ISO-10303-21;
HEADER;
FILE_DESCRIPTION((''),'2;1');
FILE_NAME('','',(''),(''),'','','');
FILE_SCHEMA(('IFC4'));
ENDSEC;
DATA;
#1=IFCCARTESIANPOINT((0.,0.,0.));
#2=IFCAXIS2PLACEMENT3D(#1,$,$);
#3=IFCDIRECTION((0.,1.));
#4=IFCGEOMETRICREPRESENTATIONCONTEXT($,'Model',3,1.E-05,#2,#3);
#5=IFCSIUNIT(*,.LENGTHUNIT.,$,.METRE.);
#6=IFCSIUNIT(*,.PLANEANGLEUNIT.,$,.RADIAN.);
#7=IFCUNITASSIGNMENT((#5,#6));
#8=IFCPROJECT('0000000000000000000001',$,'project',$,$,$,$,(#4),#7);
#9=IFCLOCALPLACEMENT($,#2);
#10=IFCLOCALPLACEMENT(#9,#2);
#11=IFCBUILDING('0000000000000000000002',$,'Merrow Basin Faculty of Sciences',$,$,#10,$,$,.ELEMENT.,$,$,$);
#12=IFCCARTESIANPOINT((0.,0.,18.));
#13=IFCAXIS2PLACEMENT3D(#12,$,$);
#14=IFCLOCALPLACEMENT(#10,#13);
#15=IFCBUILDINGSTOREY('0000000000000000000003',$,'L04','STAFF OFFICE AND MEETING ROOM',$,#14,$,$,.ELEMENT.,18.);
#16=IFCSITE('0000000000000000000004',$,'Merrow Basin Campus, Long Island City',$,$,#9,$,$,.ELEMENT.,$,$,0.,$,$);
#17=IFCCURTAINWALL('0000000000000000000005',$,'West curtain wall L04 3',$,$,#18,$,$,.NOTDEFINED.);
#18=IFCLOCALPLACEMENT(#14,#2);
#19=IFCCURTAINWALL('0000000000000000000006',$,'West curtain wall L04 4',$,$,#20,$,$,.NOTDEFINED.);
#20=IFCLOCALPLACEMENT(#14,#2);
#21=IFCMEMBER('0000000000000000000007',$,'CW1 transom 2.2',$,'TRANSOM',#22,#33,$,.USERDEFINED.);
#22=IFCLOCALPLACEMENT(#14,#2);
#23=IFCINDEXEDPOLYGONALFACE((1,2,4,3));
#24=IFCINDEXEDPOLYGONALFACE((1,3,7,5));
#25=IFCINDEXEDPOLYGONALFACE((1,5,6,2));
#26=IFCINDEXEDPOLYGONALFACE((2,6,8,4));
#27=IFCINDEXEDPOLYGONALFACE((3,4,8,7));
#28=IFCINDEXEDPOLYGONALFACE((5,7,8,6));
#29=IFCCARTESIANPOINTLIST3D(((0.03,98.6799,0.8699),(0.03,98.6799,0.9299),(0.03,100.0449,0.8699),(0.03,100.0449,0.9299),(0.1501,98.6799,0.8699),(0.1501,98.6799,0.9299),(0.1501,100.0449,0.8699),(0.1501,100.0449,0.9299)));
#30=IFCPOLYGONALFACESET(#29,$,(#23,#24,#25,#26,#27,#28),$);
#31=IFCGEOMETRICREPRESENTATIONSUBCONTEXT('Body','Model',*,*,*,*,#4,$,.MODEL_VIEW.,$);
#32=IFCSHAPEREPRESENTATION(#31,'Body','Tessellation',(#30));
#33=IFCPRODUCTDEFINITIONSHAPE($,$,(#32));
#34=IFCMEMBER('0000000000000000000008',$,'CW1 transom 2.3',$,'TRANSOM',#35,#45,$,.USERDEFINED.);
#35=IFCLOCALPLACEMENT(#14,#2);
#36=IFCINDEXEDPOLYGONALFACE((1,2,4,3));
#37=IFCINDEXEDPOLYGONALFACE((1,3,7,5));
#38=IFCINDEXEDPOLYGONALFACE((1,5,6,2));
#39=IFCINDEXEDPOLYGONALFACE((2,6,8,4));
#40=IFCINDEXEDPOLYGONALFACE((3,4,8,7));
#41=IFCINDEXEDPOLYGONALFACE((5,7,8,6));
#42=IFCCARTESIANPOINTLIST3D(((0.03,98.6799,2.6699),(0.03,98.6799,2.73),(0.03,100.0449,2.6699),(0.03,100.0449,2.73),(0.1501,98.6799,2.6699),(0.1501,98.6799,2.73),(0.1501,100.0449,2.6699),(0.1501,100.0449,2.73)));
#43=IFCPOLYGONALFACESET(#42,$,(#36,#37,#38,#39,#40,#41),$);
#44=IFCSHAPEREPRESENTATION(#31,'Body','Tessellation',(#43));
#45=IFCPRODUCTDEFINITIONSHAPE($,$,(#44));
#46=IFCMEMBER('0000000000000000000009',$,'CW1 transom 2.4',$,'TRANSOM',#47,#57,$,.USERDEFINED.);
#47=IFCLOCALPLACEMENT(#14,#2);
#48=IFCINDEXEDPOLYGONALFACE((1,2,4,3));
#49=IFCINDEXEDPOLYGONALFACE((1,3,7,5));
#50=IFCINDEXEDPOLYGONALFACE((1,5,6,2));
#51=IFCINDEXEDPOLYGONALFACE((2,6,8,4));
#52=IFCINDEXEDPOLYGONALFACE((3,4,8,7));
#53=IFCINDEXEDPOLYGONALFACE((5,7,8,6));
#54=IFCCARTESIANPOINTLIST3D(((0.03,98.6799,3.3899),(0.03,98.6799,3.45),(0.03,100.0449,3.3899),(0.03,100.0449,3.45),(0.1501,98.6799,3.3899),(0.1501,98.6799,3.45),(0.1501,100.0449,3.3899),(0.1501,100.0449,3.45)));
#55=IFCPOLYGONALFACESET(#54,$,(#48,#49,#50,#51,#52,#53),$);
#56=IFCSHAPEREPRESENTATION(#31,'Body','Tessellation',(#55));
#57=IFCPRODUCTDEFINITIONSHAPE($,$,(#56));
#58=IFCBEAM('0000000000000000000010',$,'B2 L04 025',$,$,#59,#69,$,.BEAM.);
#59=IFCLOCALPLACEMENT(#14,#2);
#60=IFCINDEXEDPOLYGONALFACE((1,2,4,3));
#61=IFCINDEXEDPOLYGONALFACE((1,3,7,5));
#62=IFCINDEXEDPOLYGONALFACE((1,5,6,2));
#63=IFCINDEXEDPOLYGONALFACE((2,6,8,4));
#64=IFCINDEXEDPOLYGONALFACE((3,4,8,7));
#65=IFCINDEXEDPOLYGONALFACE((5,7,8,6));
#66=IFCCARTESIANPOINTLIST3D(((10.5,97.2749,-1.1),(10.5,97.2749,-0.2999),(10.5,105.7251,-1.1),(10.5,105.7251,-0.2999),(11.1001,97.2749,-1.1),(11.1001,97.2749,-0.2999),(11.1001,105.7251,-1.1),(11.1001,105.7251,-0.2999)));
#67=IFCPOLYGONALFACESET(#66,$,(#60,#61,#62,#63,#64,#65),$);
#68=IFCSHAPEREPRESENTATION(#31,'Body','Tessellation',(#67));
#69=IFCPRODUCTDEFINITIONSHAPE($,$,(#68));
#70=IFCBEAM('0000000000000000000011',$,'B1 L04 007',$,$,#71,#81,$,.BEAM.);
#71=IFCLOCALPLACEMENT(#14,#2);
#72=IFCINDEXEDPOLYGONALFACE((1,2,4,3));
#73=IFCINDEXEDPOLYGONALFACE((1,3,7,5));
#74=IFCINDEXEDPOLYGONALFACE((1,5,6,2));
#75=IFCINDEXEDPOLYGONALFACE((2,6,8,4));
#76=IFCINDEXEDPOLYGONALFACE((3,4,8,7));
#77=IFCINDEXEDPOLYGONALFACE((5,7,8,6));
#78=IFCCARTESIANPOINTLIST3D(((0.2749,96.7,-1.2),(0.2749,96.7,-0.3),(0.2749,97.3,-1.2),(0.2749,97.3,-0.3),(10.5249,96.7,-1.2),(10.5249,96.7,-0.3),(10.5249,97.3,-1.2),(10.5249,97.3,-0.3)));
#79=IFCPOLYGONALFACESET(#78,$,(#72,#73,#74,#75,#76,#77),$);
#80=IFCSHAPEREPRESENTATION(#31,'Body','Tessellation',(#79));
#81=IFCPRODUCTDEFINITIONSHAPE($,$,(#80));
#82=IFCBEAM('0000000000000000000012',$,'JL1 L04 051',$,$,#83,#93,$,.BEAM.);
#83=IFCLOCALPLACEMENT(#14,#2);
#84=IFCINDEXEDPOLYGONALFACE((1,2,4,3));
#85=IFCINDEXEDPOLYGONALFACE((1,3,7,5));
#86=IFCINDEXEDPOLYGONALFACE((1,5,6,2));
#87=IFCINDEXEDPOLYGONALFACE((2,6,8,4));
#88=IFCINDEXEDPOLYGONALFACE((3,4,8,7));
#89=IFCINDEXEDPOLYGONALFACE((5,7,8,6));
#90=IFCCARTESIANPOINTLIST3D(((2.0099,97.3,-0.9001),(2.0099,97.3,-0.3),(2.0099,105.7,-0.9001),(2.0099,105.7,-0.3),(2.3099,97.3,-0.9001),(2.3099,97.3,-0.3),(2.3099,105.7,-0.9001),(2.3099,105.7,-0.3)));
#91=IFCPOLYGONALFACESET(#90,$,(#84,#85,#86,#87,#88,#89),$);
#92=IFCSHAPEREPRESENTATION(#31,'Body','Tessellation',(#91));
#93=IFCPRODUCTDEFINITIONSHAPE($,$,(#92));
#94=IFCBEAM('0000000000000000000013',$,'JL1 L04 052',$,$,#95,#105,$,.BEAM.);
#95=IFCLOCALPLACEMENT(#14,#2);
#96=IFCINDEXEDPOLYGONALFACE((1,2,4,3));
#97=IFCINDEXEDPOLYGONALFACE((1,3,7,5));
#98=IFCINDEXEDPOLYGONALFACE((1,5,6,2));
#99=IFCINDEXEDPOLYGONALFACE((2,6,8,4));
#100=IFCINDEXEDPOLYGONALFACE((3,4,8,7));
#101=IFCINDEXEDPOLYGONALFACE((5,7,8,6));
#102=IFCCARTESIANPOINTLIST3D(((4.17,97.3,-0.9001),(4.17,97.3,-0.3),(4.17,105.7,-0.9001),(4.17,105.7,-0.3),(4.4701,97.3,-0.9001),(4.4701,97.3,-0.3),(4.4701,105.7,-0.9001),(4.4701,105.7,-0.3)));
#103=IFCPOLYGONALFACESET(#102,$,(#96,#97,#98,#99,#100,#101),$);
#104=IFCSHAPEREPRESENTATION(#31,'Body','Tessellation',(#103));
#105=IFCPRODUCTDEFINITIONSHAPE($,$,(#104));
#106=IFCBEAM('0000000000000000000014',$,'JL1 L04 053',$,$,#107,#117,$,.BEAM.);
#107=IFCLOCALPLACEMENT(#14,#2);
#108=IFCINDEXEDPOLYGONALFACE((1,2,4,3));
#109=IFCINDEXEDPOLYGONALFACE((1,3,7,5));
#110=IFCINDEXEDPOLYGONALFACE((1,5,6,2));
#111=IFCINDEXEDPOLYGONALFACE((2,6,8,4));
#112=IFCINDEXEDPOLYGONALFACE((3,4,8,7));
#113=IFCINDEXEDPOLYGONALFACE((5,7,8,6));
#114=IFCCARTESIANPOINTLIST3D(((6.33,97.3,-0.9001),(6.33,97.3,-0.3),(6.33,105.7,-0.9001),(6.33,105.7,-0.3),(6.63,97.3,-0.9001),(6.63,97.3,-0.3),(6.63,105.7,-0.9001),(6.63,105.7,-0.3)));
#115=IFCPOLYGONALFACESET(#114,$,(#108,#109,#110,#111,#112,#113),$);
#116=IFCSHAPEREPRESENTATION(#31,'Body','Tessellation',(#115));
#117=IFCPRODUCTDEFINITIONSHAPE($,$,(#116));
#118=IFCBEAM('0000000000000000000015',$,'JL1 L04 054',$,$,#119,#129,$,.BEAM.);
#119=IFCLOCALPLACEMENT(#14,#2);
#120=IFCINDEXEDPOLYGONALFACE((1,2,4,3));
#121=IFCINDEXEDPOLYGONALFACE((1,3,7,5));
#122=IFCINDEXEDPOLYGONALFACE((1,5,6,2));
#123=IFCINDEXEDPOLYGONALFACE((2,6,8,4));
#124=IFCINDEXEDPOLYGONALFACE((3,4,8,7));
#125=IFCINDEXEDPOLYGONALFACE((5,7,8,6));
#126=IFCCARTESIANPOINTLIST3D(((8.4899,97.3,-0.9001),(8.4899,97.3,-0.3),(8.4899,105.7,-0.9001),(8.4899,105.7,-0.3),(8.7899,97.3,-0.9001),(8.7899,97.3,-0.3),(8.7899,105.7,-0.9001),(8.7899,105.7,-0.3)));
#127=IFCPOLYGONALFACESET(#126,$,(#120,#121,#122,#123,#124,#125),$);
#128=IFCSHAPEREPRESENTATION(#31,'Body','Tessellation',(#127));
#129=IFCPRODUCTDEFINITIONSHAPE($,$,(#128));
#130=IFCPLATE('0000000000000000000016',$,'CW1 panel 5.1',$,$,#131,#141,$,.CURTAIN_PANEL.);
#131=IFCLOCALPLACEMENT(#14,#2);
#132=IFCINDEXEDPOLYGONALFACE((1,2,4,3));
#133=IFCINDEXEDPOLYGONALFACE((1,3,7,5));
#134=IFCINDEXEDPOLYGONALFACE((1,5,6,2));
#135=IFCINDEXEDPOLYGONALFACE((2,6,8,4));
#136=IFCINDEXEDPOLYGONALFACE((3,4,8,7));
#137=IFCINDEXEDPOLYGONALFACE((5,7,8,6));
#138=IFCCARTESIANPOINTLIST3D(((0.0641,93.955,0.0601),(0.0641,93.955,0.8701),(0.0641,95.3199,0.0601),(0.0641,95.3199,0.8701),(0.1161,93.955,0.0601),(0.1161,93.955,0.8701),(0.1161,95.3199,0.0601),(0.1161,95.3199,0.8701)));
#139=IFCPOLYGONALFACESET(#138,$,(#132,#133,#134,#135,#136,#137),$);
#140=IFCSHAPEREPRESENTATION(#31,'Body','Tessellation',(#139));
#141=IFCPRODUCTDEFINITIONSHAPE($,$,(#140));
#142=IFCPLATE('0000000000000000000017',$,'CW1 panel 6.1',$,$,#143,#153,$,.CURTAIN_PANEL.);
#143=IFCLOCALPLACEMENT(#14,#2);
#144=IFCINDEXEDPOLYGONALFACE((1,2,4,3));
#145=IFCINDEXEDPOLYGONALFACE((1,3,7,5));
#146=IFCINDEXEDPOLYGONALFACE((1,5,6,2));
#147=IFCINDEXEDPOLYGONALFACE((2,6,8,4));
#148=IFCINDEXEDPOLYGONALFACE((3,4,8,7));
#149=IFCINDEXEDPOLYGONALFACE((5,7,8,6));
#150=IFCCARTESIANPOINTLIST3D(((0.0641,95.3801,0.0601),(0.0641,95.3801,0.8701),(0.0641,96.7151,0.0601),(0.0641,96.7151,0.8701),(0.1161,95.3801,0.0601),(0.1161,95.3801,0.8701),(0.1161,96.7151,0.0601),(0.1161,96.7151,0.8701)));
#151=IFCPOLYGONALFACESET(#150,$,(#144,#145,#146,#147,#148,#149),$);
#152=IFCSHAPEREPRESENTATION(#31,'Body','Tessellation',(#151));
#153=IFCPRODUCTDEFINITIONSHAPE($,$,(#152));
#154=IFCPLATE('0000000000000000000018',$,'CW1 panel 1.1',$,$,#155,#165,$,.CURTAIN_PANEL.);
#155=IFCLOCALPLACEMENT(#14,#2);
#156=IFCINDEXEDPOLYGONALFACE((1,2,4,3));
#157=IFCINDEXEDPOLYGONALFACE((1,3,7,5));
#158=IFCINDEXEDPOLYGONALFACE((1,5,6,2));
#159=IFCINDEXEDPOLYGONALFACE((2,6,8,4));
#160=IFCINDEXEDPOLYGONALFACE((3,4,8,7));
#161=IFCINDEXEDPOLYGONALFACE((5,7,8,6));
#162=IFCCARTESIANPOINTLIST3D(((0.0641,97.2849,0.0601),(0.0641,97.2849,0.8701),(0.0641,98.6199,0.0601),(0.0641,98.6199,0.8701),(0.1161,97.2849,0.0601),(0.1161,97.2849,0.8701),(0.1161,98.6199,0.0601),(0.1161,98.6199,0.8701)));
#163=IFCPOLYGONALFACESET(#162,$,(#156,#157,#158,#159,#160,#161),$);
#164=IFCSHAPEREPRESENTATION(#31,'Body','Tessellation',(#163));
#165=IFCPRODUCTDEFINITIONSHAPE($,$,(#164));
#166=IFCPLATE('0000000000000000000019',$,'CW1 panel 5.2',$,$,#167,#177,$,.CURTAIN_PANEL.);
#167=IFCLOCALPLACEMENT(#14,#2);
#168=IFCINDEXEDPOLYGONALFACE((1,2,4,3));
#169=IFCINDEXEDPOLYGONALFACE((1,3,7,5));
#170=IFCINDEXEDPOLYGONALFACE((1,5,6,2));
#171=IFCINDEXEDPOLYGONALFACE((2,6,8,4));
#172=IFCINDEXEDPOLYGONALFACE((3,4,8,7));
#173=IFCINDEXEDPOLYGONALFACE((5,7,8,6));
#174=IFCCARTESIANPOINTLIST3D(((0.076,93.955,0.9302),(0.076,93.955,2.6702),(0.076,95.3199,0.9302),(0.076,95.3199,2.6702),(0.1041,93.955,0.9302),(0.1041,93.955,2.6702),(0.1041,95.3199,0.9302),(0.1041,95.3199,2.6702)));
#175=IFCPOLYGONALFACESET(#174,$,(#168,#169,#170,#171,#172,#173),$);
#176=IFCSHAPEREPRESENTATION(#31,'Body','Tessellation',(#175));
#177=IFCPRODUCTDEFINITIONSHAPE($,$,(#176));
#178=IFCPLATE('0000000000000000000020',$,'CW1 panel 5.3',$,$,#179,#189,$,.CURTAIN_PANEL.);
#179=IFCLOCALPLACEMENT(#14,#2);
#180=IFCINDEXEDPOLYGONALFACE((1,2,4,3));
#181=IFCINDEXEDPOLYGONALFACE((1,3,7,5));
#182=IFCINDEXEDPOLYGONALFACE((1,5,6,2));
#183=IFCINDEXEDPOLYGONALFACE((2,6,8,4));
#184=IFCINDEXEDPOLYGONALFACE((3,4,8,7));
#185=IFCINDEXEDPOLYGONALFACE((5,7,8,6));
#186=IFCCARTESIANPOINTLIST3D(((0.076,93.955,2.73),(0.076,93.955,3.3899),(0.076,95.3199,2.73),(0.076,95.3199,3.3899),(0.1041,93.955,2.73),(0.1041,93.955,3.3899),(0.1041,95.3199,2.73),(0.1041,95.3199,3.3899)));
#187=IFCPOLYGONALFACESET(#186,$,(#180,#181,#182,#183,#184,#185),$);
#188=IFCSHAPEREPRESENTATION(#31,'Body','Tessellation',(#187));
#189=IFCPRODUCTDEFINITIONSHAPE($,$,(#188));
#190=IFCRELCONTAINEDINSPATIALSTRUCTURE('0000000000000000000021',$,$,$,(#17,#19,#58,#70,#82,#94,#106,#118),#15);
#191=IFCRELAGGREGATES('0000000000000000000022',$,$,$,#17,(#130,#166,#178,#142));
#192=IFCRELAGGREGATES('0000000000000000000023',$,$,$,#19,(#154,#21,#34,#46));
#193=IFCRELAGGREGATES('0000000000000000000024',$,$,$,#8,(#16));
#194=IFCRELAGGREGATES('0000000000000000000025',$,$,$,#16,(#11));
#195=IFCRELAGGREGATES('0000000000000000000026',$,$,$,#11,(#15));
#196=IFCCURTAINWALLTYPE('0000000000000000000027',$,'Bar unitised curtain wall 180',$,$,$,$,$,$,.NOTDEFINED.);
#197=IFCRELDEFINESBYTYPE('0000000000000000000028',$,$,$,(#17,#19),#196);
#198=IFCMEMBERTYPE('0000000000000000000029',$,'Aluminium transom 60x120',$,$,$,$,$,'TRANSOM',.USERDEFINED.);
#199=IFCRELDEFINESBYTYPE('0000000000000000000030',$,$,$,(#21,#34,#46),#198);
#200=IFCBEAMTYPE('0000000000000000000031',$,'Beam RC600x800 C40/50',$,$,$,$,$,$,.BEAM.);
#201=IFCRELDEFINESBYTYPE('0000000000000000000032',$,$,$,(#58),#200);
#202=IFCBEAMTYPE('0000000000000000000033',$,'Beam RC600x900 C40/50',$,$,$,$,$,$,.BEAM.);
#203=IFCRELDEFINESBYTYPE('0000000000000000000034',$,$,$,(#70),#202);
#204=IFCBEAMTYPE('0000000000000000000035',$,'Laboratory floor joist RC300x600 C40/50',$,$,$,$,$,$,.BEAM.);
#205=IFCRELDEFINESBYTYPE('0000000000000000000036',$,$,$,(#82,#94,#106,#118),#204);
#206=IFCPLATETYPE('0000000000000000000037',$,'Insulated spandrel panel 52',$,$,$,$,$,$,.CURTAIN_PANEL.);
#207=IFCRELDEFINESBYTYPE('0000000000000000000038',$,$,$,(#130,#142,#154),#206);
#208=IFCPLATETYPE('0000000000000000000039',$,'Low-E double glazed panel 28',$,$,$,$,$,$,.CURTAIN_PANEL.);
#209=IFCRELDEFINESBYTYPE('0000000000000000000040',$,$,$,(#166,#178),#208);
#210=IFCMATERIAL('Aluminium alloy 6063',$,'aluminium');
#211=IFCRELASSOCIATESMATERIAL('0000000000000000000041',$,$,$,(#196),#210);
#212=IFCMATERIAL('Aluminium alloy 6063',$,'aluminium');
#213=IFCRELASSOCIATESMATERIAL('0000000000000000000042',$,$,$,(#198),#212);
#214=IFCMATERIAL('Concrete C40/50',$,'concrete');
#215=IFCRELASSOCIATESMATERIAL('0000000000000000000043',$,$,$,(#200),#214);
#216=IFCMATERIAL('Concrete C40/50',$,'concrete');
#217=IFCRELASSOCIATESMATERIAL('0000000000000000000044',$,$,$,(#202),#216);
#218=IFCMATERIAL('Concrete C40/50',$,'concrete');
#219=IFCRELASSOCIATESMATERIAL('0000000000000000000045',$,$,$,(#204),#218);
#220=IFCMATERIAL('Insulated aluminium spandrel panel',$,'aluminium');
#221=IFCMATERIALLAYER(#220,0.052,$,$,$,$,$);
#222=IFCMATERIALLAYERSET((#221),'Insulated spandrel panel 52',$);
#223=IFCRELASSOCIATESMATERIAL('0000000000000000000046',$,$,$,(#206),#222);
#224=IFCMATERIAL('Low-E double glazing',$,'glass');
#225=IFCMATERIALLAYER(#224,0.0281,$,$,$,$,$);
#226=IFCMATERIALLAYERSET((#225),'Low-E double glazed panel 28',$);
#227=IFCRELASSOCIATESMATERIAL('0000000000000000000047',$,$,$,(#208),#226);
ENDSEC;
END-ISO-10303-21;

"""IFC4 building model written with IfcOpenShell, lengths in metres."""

from ifc_helpers import new_model, si_unit, direction, frame, origin, origin_2d, place, context, subcontext, project, spatial, rectangle, extrude, material, layer, layer_set, material_profile, profile_set, type_object, element, aggregate, save


model = new_model("IFC4")

# Units and contexts
model_context = context("Model", 3, precision=1e-05, world=origin(), true_north=direction((0.0, 1.0)))
body_context = subcontext(model_context, "Body", "Model", "MODEL_VIEW")
ifc_project = project(units=[si_unit("LENGTHUNIT", "METRE"), si_unit("PLANEANGLEUNIT", "RADIAN")], contexts=[model_context])

# Site, building, storey
site_placement = place(None, origin())
site = spatial("IfcSite", under=ifc_project, at=site_placement, Name="Merrow Basin Campus, Long Island City", CompositionType="ELEMENT", RefElevation=0.0)
building_placement = place(site_placement, origin())
building = spatial("IfcBuilding", under=site, at=building_placement, Name="Merrow Basin Faculty of Sciences", CompositionType="ELEMENT")
storey_placement = place(building_placement, frame((0.0, 0.0, 18.0)))
storey = spatial("IfcBuildingStorey", under=building, at=storey_placement, Name="L04", Description="STAFF OFFICE AND MEETING ROOM", CompositionType="ELEMENT", Elevation=18.0)

# Curtain walls
ifc_material_1 = material(Name="Aluminium alloy 6063", Category="aluminium")
curtain_wall_type = type_object("IfcCurtainWallType", Name="Bar unitised curtain wall 180", PredefinedType="NOTDEFINED", material=ifc_material_1)
curtain_wall_1_placement = place(storey_placement, origin())
curtain_wall_1 = element("IfcCurtainWall", 1, at=curtain_wall_1_placement, inside=storey, type_object=curtain_wall_type, Name="West curtain wall L04 3", PredefinedType="NOTDEFINED")
curtain_wall_2_placement = place(storey_placement, origin())
curtain_wall_2 = element("IfcCurtainWall", 2, at=curtain_wall_2_placement, inside=storey, type_object=curtain_wall_type, Name="West curtain wall L04 4", PredefinedType="NOTDEFINED")

# Members
ifc_material_2 = material(Name="Aluminium alloy 6063", Category="aluminium")
ifc_material_profile_1 = material_profile(ifc_material_2, rectangle(XDim=0.1201, YDim=0.0601, at=origin_2d()))
ifc_profile_set_1 = profile_set([ifc_material_profile_1], Name="Aluminium alloy 6063")
member_type_1 = type_object("IfcMemberType", Name="Aluminium transom 60x120", ElementType="TRANSOM", PredefinedType="USERDEFINED", material=ifc_profile_set_1)
member_1_placement = place(storey_placement, frame((0.0901, 98.6799, 0.8999), z_axis=(0.0, 1.0, 0.0), x_axis=(-1.0, 0.0, 0.0)))
member_1 = element("IfcMember", 3, at=member_1_placement, type_object=member_type_1, Name="CW1 transom 2.2", ObjectType="TRANSOM", PredefinedType="USERDEFINED", context=body_context, shape_type="SweptSolid", body=[
    extrude(rectangle(XDim=0.1201, YDim=0.0601, at=origin_2d()), origin(), (0.0, 0.0, 1.0), 1.365),
])
member_2_placement = place(storey_placement, frame((0.0901, 98.6799, 2.7), z_axis=(0.0, 1.0, 0.0), x_axis=(-1.0, 0.0, 0.0)))
member_2 = element("IfcMember", 4, at=member_2_placement, type_object=member_type_1, Name="CW1 transom 2.3", ObjectType="TRANSOM", PredefinedType="USERDEFINED", context=body_context, shape_type="SweptSolid", body=[
    extrude(rectangle(XDim=0.1201, YDim=0.0601, at=origin_2d()), origin(), (0.0, 0.0, 1.0), 1.365),
])
member_3_placement = place(storey_placement, frame((0.0901, 98.6799, 3.4199), z_axis=(0.0, 1.0, 0.0), x_axis=(-1.0, 0.0, 0.0)))
member_3 = element("IfcMember", 5, at=member_3_placement, type_object=member_type_1, Name="CW1 transom 2.4", ObjectType="TRANSOM", PredefinedType="USERDEFINED", context=body_context, shape_type="SweptSolid", body=[
    extrude(rectangle(XDim=0.1201, YDim=0.0601, at=origin_2d()), origin(), (0.0, 0.0, 1.0), 1.365),
])

# Beams
ifc_material_3 = material(Name="Concrete C40/50", Category="concrete")
ifc_material_profile_2 = material_profile(ifc_material_3, rectangle(XDim=0.6001, YDim=0.8, at=origin_2d()))
ifc_profile_set_2 = profile_set([ifc_material_profile_2], Name="Concrete C40/50")
beam_type_1 = type_object("IfcBeamType", Name="Beam RC600x800 C40/50", PredefinedType="BEAM", material=ifc_profile_set_2)
beam_1_placement = place(storey_placement, frame((10.8, 97.2749, -0.7), z_axis=(0.0, 1.0, 0.0), x_axis=(-1.0, 0.0, 0.0)))
element("IfcBeam", 6, at=beam_1_placement, inside=storey, type_object=beam_type_1, Name="B2 L04 025", PredefinedType="BEAM", context=body_context, shape_type="SweptSolid", body=[
    extrude(rectangle(XDim=0.6001, YDim=0.8, at=origin_2d()), origin(), (0.0, 0.0, 1.0), 8.4502),
])
ifc_material_4 = material(Name="Concrete C40/50", Category="concrete")
ifc_material_profile_3 = material_profile(ifc_material_4, rectangle(XDim=0.6001, YDim=0.8999, at=origin_2d()))
ifc_profile_set_3 = profile_set([ifc_material_profile_3], Name="Concrete C40/50")
beam_type_2 = type_object("IfcBeamType", Name="Beam RC600x900 C40/50", PredefinedType="BEAM", material=ifc_profile_set_3)
beam_2_placement = place(storey_placement, frame((0.2749, 97.0, -0.75), z_axis=(1.0, 0.0, 0.0), x_axis=(0.0, 1.0, 0.0)))
element("IfcBeam", 7, at=beam_2_placement, inside=storey, type_object=beam_type_2, Name="B1 L04 007", PredefinedType="BEAM", context=body_context, shape_type="SweptSolid", body=[
    extrude(rectangle(XDim=0.6001, YDim=0.8999, at=origin_2d()), origin(), (0.0, 0.0, 1.0), 10.25),
])
ifc_material_5 = material(Name="Concrete C40/50", Category="concrete")
ifc_material_profile_4 = material_profile(ifc_material_5, rectangle(XDim=0.3, YDim=0.6001, at=origin_2d()))
ifc_profile_set_4 = profile_set([ifc_material_profile_4], Name="Concrete C40/50")
beam_type_3 = type_object("IfcBeamType", Name="Laboratory floor joist RC300x600 C40/50", PredefinedType="BEAM", material=ifc_profile_set_4)
for number, where, z_axis, x_axis, name in (
    (8, (2.1599, 97.3, -0.6001), (0.0, 1.0, 0.0), (-1.0, 0.0, 0.0), "JL1 L04 051"),
    (9, (4.3201, 97.3, -0.6001), (0.0, 1.0, 0.0), (-1.0, 0.0, 0.0), "JL1 L04 052"),
    (10, (6.48, 97.3, -0.6001), (0.0, 1.0, 0.0), (-1.0, 0.0, 0.0), "JL1 L04 053"),
    (11, (8.6399, 97.3, -0.6001), (0.0, 1.0, 0.0), (-1.0, 0.0, 0.0), "JL1 L04 054"),
):
    element("IfcBeam", number, at=place(storey_placement, frame(where, z_axis=z_axis, x_axis=x_axis)), inside=storey, type_object=beam_type_3, Name=name, PredefinedType="BEAM", context=body_context, shape_type="SweptSolid", body=[
        extrude(rectangle(XDim=0.3, YDim=0.6001, at=origin_2d()), origin(), (0.0, 0.0, 1.0), 8.3999),
    ])

# Plates
ifc_material_6 = material(Name="Insulated aluminium spandrel panel", Category="aluminium")
ifc_layer_1 = layer(ifc_material_6, 0.052)
ifc_layer_set_1 = layer_set([ifc_layer_1], Name="Insulated spandrel panel 52")
plate_type_1 = type_object("IfcPlateType", Name="Insulated spandrel panel 52", PredefinedType="CURTAIN_PANEL", material=ifc_layer_set_1)
plate_1_placement = place(storey_placement, frame((0.0901, 94.6375, 0.0601), z_axis=(0.0, 0.0, 1.0), x_axis=(0.0, 1.0, 0.0)))
plate_1 = element("IfcPlate", 12, at=plate_1_placement, type_object=plate_type_1, Name="CW1 panel 5.1", PredefinedType="CURTAIN_PANEL", context=body_context, shape_type="SweptSolid", body=[
    extrude(rectangle(XDim=1.365, YDim=0.052, at=origin_2d()), origin(), (0.0, 0.0, 1.0), 0.8101),
])
plate_2_placement = place(storey_placement, frame((0.0901, 96.0476, 0.0601), z_axis=(0.0, 0.0, 1.0), x_axis=(0.0, 1.0, 0.0)))
plate_2 = element("IfcPlate", 13, at=plate_2_placement, type_object=plate_type_1, Name="CW1 panel 6.1", PredefinedType="CURTAIN_PANEL", context=body_context, shape_type="SweptSolid", body=[
    extrude(rectangle(XDim=1.335, YDim=0.052, at=origin_2d()), origin(), (0.0, 0.0, 1.0), 0.8101),
])
plate_3_placement = place(storey_placement, frame((0.0901, 97.9524, 0.0601), z_axis=(0.0, 0.0, 1.0), x_axis=(0.0, 1.0, 0.0)))
plate_3 = element("IfcPlate", 14, at=plate_3_placement, type_object=plate_type_1, Name="CW1 panel 1.1", PredefinedType="CURTAIN_PANEL", context=body_context, shape_type="SweptSolid", body=[
    extrude(rectangle(XDim=1.335, YDim=0.052, at=origin_2d()), origin(), (0.0, 0.0, 1.0), 0.8101),
])
ifc_material_7 = material(Name="Low-E double glazing", Category="glass")
ifc_layer_2 = layer(ifc_material_7, 0.0281)
ifc_layer_set_2 = layer_set([ifc_layer_2], Name="Low-E double glazed panel 28")
plate_type_2 = type_object("IfcPlateType", Name="Low-E double glazed panel 28", PredefinedType="CURTAIN_PANEL", material=ifc_layer_set_2)
plate_4_placement = place(storey_placement, frame((0.0901, 94.6375, 0.9302), z_axis=(0.0, 0.0, 1.0), x_axis=(0.0, 1.0, 0.0)))
plate_4 = element("IfcPlate", 15, at=plate_4_placement, type_object=plate_type_2, Name="CW1 panel 5.2", PredefinedType="CURTAIN_PANEL", context=body_context, shape_type="SweptSolid", body=[
    extrude(rectangle(XDim=1.365, YDim=0.0281, at=origin_2d()), origin(), (0.0, 0.0, 1.0), 1.74),
])
plate_5_placement = place(storey_placement, frame((0.0901, 94.6375, 2.73), z_axis=(0.0, 0.0, 1.0), x_axis=(0.0, 1.0, 0.0)))
plate_5 = element("IfcPlate", 16, at=plate_5_placement, type_object=plate_type_2, Name="CW1 panel 5.3", PredefinedType="CURTAIN_PANEL", context=body_context, shape_type="SweptSolid", body=[
    extrude(rectangle(XDim=1.365, YDim=0.0281, at=origin_2d()), origin(), (0.0, 0.0, 1.0), 0.6599),
])
aggregate(curtain_wall_1, [plate_1, plate_4, plate_5, plate_2])
aggregate(curtain_wall_2, [plate_3, member_1, member_2, member_3])

save(model, "model.ifc")
